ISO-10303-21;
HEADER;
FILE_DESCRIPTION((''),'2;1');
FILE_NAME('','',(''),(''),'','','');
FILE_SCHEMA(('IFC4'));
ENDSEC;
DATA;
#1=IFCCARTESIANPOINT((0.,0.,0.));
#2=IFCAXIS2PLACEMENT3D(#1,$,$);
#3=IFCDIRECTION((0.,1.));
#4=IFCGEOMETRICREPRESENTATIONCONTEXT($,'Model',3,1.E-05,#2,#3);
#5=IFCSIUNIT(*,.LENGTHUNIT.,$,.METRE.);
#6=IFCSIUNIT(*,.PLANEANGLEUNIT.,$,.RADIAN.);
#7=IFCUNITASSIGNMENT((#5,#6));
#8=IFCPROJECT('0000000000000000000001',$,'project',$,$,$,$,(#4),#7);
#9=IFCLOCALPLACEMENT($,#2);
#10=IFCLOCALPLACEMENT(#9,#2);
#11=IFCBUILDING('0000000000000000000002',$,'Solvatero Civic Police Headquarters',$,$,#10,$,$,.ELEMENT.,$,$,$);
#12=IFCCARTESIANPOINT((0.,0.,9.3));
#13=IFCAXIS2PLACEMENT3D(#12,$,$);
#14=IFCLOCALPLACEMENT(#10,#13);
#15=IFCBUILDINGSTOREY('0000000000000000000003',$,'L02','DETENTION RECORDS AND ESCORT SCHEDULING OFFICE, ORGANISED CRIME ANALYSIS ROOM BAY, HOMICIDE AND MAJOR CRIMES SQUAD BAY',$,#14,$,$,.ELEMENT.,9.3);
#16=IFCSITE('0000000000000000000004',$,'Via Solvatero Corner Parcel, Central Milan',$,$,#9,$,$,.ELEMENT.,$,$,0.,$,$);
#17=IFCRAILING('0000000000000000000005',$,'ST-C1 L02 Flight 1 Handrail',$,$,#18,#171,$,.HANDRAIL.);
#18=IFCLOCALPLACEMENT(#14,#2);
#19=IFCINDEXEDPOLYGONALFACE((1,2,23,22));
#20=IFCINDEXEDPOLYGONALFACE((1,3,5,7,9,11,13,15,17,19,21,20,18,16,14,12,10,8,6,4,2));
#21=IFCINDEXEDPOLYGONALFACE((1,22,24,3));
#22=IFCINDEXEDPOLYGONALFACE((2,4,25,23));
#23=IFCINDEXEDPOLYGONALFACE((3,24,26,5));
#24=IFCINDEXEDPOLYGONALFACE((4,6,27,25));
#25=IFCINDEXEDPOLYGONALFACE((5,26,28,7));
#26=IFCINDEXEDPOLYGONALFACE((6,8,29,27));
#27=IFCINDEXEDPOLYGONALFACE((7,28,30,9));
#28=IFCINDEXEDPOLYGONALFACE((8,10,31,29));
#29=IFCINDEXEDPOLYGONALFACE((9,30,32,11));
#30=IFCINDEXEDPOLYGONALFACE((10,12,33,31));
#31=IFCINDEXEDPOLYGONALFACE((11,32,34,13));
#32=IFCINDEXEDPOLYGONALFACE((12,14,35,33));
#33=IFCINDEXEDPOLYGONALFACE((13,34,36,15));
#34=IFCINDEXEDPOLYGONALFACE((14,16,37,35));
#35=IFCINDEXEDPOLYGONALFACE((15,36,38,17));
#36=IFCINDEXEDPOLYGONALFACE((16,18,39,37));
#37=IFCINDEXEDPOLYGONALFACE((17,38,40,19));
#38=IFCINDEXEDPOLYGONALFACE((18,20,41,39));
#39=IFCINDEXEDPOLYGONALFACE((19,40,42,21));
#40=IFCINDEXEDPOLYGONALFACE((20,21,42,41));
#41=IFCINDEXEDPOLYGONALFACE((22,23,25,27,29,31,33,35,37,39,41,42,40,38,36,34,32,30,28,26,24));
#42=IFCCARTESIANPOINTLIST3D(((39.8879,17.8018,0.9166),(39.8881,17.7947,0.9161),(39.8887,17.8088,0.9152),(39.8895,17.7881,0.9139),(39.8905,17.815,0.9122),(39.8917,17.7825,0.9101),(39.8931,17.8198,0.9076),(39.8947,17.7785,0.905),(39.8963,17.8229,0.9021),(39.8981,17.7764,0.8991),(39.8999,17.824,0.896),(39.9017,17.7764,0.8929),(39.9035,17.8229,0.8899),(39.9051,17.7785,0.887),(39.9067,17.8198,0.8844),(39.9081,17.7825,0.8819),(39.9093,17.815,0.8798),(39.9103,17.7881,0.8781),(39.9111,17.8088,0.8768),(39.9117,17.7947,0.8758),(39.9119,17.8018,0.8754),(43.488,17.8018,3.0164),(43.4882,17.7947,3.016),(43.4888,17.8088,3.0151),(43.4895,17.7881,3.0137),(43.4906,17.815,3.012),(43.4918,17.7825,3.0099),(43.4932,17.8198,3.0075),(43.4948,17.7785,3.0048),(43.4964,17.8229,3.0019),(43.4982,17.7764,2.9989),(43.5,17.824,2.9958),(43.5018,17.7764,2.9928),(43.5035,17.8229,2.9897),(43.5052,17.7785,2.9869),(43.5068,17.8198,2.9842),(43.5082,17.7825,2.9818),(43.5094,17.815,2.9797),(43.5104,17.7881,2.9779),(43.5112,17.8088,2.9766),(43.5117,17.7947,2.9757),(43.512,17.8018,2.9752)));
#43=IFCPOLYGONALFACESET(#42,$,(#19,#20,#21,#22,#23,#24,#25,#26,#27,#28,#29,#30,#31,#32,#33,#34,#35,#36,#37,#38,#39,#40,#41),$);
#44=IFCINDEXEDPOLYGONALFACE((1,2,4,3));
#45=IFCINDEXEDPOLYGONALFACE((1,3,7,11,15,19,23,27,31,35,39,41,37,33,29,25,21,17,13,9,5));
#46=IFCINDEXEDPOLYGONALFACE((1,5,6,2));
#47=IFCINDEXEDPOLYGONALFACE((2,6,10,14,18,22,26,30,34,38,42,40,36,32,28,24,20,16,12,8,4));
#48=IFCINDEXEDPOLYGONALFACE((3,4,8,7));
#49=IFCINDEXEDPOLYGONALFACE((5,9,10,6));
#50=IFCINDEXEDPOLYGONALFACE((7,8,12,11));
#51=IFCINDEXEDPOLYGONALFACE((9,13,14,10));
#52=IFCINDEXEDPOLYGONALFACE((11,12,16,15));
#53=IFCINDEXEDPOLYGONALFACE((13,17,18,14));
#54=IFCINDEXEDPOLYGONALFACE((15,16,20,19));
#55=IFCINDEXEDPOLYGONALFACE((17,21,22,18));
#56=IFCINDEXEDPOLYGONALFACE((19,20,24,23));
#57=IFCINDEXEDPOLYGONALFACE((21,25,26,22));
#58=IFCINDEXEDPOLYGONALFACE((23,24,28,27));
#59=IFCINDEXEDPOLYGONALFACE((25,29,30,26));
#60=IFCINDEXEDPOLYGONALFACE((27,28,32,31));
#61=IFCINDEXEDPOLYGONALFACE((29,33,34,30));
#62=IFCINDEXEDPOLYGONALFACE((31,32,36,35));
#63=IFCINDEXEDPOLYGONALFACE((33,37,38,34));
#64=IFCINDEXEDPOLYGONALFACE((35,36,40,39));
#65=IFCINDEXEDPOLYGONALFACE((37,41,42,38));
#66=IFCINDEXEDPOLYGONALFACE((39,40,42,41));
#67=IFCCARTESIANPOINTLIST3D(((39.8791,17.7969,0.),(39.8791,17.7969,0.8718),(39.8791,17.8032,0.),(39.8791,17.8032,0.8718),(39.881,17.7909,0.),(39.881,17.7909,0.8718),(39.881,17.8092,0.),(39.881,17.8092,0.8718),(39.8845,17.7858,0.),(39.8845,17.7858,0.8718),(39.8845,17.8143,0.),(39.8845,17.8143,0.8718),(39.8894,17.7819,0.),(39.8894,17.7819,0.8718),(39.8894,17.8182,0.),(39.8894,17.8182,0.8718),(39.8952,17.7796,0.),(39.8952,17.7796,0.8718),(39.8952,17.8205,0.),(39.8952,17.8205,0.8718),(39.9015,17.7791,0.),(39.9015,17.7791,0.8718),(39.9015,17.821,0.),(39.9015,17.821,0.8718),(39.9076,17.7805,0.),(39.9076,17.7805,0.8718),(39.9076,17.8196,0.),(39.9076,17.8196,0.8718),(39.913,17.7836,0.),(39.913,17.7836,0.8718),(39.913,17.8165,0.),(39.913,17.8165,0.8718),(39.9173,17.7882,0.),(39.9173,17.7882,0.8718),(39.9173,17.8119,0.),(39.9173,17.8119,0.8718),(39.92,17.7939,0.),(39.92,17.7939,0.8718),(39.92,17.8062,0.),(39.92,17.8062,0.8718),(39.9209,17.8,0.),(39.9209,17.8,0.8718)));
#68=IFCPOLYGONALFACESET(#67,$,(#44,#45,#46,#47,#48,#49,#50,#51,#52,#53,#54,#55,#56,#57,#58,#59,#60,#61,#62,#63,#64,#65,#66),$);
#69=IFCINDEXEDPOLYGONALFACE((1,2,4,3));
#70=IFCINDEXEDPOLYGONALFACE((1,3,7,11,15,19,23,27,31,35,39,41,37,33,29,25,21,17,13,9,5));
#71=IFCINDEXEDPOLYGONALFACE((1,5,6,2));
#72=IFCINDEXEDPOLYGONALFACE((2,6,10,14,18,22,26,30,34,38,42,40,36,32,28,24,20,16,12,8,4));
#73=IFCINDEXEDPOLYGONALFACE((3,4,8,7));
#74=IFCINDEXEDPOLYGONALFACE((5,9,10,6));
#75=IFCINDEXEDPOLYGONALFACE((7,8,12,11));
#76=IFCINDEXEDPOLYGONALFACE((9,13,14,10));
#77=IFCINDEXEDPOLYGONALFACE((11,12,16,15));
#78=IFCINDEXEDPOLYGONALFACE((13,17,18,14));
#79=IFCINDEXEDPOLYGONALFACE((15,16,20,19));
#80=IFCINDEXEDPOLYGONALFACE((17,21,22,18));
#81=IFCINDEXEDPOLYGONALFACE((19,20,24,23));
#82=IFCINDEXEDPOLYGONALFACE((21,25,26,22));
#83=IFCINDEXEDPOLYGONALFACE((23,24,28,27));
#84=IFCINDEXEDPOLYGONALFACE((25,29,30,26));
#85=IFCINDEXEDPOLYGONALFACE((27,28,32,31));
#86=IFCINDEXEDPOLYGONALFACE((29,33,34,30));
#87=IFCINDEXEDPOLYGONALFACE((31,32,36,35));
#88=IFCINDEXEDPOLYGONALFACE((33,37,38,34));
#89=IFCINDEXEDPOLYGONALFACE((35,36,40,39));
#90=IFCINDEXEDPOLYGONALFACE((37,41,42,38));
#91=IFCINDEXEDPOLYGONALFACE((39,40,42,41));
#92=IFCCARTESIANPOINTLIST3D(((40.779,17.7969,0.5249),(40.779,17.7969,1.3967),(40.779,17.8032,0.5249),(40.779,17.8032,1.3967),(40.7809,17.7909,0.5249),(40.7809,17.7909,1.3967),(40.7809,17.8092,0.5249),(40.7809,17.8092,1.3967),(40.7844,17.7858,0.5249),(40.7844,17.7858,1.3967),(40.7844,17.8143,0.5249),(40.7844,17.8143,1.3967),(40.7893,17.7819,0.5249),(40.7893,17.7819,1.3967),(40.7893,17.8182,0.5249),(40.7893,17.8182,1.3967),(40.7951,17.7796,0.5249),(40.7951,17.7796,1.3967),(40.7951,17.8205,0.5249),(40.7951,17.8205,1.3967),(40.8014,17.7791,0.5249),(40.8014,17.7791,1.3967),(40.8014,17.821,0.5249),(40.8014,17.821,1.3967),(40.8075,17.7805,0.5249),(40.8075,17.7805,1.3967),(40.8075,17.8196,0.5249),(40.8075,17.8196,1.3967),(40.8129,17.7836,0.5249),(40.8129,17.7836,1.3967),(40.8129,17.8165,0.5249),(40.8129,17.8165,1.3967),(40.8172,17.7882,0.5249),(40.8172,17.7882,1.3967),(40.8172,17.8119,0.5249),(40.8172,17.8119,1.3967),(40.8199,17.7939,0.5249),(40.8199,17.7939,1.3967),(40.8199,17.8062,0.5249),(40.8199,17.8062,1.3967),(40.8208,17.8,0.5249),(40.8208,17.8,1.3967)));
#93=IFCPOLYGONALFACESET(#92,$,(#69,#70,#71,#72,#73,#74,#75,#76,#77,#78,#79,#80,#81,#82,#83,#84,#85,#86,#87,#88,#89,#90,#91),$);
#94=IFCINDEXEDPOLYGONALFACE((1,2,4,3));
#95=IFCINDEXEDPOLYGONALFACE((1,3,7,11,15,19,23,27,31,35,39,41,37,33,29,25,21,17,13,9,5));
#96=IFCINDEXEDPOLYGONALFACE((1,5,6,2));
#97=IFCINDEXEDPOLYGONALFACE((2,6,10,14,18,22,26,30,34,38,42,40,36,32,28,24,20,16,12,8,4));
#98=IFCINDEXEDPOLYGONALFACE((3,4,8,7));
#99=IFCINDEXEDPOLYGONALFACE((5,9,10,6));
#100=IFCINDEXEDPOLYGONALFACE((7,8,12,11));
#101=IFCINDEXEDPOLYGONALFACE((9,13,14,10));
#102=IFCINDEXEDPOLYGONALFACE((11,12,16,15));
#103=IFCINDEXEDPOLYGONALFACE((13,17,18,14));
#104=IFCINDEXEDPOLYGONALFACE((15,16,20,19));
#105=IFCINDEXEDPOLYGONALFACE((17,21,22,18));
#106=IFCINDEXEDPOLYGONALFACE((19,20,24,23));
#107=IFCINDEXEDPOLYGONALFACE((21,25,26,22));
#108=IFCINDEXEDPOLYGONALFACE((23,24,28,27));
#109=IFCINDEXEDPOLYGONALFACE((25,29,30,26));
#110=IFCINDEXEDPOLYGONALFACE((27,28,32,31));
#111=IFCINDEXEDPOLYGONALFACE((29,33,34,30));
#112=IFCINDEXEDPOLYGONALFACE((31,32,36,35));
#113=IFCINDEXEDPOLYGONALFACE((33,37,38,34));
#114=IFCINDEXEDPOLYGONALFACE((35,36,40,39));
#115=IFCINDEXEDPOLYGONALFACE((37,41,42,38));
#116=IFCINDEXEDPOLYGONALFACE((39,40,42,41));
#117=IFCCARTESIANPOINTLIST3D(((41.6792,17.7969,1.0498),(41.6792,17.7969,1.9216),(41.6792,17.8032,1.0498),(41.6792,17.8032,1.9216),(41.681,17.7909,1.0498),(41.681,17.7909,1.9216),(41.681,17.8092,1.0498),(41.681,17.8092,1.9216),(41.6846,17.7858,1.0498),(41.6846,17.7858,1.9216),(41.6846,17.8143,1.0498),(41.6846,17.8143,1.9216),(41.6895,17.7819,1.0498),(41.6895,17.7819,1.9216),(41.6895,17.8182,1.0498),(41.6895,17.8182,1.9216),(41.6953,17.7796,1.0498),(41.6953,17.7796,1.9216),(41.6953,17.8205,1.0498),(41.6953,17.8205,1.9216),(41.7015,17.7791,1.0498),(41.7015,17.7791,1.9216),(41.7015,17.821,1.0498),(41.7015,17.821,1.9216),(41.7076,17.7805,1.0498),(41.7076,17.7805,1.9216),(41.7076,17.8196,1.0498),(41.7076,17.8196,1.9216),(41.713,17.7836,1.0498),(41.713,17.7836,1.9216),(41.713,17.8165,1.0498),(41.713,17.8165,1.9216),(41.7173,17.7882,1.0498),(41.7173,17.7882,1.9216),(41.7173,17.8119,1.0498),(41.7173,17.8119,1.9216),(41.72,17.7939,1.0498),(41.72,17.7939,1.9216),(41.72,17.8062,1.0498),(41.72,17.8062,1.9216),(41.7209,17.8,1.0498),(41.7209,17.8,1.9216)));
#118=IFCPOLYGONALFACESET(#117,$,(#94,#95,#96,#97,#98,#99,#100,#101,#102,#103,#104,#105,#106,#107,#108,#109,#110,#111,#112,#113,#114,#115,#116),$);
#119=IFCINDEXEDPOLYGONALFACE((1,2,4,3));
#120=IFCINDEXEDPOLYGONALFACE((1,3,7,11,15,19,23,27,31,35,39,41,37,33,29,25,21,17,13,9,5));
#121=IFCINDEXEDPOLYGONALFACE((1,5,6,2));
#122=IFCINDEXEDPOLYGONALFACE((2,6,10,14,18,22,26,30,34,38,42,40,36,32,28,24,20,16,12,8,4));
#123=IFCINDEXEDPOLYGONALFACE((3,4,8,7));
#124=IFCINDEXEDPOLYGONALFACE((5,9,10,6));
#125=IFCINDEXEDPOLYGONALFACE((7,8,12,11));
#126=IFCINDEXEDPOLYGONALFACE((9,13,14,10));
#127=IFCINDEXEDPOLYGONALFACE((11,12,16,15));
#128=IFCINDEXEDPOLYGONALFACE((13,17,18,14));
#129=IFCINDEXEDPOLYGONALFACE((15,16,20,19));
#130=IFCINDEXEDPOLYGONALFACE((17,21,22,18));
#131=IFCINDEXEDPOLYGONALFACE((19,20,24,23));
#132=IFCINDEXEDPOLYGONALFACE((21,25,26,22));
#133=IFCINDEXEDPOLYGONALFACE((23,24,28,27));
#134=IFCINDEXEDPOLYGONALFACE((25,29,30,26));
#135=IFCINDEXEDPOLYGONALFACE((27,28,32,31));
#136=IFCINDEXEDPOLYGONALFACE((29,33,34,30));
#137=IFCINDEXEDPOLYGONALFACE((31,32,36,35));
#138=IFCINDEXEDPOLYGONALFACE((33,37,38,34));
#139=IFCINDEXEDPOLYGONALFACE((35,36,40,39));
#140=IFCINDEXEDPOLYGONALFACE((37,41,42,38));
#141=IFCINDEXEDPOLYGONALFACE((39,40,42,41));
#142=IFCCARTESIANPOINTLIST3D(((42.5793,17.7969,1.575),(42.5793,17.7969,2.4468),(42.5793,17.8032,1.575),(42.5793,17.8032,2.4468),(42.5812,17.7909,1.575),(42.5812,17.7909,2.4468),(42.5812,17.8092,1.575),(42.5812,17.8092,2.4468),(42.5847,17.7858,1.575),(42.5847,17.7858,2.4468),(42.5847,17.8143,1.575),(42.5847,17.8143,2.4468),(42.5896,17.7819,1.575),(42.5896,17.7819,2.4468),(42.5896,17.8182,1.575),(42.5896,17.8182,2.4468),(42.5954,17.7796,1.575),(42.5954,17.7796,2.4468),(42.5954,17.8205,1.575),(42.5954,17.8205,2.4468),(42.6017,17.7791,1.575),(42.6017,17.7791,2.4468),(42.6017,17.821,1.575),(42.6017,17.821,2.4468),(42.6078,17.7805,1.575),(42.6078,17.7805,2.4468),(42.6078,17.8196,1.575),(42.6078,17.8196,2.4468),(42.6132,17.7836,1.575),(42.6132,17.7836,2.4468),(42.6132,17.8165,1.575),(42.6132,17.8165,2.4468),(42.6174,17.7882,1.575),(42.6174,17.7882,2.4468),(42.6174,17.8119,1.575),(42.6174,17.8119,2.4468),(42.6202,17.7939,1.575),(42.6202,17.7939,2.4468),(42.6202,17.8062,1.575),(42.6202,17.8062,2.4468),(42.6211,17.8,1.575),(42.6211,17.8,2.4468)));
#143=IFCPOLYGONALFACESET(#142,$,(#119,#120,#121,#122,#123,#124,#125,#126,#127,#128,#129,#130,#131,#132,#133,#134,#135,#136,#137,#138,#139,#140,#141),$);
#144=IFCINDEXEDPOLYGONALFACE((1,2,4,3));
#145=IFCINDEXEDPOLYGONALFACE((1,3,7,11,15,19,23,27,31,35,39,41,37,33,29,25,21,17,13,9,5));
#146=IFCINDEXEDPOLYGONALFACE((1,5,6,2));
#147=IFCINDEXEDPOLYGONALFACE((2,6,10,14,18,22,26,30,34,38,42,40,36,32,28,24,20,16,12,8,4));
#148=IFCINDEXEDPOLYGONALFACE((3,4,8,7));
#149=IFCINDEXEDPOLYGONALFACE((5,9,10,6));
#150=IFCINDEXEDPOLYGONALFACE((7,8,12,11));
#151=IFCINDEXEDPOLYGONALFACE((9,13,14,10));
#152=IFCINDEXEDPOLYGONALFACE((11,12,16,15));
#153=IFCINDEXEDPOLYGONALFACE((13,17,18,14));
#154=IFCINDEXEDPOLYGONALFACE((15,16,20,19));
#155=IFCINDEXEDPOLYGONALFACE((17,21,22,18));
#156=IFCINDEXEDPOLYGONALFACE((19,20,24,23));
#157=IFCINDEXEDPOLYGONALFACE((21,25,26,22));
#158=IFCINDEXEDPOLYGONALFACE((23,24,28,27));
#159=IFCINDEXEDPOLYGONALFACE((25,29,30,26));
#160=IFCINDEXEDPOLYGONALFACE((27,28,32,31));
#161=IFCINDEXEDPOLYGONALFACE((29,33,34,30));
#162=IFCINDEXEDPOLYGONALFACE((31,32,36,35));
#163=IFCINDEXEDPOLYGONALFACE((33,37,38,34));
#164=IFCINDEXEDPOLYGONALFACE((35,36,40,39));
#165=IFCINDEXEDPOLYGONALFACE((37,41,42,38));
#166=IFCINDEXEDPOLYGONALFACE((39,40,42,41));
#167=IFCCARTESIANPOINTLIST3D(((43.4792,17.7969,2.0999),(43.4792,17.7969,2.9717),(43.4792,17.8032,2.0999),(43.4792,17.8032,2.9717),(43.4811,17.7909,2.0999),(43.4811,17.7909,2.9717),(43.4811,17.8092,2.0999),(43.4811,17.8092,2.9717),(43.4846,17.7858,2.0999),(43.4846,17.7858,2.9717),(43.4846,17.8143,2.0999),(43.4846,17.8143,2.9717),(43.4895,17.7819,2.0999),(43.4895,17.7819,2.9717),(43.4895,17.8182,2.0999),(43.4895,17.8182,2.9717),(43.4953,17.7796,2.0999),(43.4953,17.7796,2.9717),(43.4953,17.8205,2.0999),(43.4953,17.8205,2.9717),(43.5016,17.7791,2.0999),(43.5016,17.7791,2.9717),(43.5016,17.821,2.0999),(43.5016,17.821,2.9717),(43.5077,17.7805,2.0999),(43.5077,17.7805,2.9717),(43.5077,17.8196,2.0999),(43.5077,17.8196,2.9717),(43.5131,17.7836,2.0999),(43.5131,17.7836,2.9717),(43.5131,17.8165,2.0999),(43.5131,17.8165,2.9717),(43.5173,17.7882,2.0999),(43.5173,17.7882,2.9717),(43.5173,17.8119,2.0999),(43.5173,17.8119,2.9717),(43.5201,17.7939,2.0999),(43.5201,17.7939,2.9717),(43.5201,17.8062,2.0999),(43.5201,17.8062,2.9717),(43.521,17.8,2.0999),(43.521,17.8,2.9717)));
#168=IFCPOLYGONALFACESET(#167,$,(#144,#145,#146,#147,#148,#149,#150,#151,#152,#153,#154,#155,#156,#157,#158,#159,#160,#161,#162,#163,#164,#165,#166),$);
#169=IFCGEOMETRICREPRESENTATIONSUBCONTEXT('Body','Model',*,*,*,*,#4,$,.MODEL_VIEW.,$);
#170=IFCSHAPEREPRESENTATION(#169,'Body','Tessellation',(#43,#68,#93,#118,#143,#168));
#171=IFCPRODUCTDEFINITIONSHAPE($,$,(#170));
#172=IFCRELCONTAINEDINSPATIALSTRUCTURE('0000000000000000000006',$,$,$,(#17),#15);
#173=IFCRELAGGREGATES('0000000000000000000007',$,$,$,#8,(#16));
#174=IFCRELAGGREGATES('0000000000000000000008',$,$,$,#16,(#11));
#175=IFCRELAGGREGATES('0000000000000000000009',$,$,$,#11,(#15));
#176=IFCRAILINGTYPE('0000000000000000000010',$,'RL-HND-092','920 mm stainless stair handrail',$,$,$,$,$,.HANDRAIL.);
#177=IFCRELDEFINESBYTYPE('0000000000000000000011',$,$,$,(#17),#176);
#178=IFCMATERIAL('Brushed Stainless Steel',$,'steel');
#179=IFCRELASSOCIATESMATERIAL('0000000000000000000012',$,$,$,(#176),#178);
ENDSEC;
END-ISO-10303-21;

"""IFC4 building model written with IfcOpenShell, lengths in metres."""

from ifc_helpers import new_model, si_unit, direction, frame, origin, origin_2d, place, context, subcontext, project, spatial, circle, extrude, material, type_object, element, save


model = new_model("IFC4")

# Units and contexts
model_context = context("Model", 3, precision=1e-05, world=origin(), true_north=direction((0.0, 1.0)))
body_context = subcontext(model_context, "Body", "Model", "MODEL_VIEW")
ifc_project = project(units=[si_unit("LENGTHUNIT", "METRE"), si_unit("PLANEANGLEUNIT", "RADIAN")], contexts=[model_context])

# Site, building, storey
site_placement = place(None, origin())
site = spatial("IfcSite", under=ifc_project, at=site_placement, Name="Via Solvatero Corner Parcel, Central Milan", CompositionType="ELEMENT", RefElevation=0.0)
building_placement = place(site_placement, origin())
building = spatial("IfcBuilding", under=site, at=building_placement, Name="Solvatero Civic Police Headquarters", CompositionType="ELEMENT")
storey_placement = place(building_placement, frame((0.0, 0.0, 9.3)))
storey = spatial("IfcBuildingStorey", under=building, at=storey_placement, Name="L02", Description="DETENTION RECORDS AND ESCORT SCHEDULING OFFICE, ORGANISED CRIME ANALYSIS ROOM BAY, HOMICIDE AND MAJOR CRIMES SQUAD BAY", CompositionType="ELEMENT", Elevation=9.3)

# Railing
ifc_material_1 = material(Name="Brushed Stainless Steel", Category="steel")
railing_type_1 = type_object("IfcRailingType", Name="RL-HND-092", Description="920 mm stainless stair handrail", PredefinedType="HANDRAIL", material=ifc_material_1)
railing_1_placement = place(storey_placement, frame((39.8999, 17.8, 0.0)))
element("IfcRailing", 1, at=railing_1_placement, inside=storey, type_object=railing_type_1, Name="ST-C1 L02 Flight 1 Handrail", PredefinedType="HANDRAIL", context=body_context, shape_type="SweptSolid", body=[
    extrude(circle(Radius=0.0239, at=origin_2d()), frame((0.0, 0.0, 0.896), z_axis=(0.8638, 0.0, 0.503835), x_axis=(0.0, 1.0, 0.0)), (0.0, 0.0, 1.0), 4.1677),
    extrude(circle(Radius=0.021, at=origin_2d()), origin(), (0.0, 0.0, 1.0), 0.8718),
    extrude(circle(Radius=0.021, at=origin_2d()), frame((0.8999, 0.0, 0.5249)), (0.0, 0.0, 1.0), 0.8718),
    extrude(circle(Radius=0.021, at=origin_2d()), frame((1.8, 0.0, 1.0498)), (0.0, 0.0, 1.0), 0.8718),
    extrude(circle(Radius=0.021, at=origin_2d()), frame((2.7002, 0.0, 1.575)), (0.0, 0.0, 1.0), 0.8718),
    extrude(circle(Radius=0.021, at=origin_2d()), frame((3.6001, 0.0, 2.0999)), (0.0, 0.0, 1.0), 0.8718),
])

save(model, "model.ifc")
